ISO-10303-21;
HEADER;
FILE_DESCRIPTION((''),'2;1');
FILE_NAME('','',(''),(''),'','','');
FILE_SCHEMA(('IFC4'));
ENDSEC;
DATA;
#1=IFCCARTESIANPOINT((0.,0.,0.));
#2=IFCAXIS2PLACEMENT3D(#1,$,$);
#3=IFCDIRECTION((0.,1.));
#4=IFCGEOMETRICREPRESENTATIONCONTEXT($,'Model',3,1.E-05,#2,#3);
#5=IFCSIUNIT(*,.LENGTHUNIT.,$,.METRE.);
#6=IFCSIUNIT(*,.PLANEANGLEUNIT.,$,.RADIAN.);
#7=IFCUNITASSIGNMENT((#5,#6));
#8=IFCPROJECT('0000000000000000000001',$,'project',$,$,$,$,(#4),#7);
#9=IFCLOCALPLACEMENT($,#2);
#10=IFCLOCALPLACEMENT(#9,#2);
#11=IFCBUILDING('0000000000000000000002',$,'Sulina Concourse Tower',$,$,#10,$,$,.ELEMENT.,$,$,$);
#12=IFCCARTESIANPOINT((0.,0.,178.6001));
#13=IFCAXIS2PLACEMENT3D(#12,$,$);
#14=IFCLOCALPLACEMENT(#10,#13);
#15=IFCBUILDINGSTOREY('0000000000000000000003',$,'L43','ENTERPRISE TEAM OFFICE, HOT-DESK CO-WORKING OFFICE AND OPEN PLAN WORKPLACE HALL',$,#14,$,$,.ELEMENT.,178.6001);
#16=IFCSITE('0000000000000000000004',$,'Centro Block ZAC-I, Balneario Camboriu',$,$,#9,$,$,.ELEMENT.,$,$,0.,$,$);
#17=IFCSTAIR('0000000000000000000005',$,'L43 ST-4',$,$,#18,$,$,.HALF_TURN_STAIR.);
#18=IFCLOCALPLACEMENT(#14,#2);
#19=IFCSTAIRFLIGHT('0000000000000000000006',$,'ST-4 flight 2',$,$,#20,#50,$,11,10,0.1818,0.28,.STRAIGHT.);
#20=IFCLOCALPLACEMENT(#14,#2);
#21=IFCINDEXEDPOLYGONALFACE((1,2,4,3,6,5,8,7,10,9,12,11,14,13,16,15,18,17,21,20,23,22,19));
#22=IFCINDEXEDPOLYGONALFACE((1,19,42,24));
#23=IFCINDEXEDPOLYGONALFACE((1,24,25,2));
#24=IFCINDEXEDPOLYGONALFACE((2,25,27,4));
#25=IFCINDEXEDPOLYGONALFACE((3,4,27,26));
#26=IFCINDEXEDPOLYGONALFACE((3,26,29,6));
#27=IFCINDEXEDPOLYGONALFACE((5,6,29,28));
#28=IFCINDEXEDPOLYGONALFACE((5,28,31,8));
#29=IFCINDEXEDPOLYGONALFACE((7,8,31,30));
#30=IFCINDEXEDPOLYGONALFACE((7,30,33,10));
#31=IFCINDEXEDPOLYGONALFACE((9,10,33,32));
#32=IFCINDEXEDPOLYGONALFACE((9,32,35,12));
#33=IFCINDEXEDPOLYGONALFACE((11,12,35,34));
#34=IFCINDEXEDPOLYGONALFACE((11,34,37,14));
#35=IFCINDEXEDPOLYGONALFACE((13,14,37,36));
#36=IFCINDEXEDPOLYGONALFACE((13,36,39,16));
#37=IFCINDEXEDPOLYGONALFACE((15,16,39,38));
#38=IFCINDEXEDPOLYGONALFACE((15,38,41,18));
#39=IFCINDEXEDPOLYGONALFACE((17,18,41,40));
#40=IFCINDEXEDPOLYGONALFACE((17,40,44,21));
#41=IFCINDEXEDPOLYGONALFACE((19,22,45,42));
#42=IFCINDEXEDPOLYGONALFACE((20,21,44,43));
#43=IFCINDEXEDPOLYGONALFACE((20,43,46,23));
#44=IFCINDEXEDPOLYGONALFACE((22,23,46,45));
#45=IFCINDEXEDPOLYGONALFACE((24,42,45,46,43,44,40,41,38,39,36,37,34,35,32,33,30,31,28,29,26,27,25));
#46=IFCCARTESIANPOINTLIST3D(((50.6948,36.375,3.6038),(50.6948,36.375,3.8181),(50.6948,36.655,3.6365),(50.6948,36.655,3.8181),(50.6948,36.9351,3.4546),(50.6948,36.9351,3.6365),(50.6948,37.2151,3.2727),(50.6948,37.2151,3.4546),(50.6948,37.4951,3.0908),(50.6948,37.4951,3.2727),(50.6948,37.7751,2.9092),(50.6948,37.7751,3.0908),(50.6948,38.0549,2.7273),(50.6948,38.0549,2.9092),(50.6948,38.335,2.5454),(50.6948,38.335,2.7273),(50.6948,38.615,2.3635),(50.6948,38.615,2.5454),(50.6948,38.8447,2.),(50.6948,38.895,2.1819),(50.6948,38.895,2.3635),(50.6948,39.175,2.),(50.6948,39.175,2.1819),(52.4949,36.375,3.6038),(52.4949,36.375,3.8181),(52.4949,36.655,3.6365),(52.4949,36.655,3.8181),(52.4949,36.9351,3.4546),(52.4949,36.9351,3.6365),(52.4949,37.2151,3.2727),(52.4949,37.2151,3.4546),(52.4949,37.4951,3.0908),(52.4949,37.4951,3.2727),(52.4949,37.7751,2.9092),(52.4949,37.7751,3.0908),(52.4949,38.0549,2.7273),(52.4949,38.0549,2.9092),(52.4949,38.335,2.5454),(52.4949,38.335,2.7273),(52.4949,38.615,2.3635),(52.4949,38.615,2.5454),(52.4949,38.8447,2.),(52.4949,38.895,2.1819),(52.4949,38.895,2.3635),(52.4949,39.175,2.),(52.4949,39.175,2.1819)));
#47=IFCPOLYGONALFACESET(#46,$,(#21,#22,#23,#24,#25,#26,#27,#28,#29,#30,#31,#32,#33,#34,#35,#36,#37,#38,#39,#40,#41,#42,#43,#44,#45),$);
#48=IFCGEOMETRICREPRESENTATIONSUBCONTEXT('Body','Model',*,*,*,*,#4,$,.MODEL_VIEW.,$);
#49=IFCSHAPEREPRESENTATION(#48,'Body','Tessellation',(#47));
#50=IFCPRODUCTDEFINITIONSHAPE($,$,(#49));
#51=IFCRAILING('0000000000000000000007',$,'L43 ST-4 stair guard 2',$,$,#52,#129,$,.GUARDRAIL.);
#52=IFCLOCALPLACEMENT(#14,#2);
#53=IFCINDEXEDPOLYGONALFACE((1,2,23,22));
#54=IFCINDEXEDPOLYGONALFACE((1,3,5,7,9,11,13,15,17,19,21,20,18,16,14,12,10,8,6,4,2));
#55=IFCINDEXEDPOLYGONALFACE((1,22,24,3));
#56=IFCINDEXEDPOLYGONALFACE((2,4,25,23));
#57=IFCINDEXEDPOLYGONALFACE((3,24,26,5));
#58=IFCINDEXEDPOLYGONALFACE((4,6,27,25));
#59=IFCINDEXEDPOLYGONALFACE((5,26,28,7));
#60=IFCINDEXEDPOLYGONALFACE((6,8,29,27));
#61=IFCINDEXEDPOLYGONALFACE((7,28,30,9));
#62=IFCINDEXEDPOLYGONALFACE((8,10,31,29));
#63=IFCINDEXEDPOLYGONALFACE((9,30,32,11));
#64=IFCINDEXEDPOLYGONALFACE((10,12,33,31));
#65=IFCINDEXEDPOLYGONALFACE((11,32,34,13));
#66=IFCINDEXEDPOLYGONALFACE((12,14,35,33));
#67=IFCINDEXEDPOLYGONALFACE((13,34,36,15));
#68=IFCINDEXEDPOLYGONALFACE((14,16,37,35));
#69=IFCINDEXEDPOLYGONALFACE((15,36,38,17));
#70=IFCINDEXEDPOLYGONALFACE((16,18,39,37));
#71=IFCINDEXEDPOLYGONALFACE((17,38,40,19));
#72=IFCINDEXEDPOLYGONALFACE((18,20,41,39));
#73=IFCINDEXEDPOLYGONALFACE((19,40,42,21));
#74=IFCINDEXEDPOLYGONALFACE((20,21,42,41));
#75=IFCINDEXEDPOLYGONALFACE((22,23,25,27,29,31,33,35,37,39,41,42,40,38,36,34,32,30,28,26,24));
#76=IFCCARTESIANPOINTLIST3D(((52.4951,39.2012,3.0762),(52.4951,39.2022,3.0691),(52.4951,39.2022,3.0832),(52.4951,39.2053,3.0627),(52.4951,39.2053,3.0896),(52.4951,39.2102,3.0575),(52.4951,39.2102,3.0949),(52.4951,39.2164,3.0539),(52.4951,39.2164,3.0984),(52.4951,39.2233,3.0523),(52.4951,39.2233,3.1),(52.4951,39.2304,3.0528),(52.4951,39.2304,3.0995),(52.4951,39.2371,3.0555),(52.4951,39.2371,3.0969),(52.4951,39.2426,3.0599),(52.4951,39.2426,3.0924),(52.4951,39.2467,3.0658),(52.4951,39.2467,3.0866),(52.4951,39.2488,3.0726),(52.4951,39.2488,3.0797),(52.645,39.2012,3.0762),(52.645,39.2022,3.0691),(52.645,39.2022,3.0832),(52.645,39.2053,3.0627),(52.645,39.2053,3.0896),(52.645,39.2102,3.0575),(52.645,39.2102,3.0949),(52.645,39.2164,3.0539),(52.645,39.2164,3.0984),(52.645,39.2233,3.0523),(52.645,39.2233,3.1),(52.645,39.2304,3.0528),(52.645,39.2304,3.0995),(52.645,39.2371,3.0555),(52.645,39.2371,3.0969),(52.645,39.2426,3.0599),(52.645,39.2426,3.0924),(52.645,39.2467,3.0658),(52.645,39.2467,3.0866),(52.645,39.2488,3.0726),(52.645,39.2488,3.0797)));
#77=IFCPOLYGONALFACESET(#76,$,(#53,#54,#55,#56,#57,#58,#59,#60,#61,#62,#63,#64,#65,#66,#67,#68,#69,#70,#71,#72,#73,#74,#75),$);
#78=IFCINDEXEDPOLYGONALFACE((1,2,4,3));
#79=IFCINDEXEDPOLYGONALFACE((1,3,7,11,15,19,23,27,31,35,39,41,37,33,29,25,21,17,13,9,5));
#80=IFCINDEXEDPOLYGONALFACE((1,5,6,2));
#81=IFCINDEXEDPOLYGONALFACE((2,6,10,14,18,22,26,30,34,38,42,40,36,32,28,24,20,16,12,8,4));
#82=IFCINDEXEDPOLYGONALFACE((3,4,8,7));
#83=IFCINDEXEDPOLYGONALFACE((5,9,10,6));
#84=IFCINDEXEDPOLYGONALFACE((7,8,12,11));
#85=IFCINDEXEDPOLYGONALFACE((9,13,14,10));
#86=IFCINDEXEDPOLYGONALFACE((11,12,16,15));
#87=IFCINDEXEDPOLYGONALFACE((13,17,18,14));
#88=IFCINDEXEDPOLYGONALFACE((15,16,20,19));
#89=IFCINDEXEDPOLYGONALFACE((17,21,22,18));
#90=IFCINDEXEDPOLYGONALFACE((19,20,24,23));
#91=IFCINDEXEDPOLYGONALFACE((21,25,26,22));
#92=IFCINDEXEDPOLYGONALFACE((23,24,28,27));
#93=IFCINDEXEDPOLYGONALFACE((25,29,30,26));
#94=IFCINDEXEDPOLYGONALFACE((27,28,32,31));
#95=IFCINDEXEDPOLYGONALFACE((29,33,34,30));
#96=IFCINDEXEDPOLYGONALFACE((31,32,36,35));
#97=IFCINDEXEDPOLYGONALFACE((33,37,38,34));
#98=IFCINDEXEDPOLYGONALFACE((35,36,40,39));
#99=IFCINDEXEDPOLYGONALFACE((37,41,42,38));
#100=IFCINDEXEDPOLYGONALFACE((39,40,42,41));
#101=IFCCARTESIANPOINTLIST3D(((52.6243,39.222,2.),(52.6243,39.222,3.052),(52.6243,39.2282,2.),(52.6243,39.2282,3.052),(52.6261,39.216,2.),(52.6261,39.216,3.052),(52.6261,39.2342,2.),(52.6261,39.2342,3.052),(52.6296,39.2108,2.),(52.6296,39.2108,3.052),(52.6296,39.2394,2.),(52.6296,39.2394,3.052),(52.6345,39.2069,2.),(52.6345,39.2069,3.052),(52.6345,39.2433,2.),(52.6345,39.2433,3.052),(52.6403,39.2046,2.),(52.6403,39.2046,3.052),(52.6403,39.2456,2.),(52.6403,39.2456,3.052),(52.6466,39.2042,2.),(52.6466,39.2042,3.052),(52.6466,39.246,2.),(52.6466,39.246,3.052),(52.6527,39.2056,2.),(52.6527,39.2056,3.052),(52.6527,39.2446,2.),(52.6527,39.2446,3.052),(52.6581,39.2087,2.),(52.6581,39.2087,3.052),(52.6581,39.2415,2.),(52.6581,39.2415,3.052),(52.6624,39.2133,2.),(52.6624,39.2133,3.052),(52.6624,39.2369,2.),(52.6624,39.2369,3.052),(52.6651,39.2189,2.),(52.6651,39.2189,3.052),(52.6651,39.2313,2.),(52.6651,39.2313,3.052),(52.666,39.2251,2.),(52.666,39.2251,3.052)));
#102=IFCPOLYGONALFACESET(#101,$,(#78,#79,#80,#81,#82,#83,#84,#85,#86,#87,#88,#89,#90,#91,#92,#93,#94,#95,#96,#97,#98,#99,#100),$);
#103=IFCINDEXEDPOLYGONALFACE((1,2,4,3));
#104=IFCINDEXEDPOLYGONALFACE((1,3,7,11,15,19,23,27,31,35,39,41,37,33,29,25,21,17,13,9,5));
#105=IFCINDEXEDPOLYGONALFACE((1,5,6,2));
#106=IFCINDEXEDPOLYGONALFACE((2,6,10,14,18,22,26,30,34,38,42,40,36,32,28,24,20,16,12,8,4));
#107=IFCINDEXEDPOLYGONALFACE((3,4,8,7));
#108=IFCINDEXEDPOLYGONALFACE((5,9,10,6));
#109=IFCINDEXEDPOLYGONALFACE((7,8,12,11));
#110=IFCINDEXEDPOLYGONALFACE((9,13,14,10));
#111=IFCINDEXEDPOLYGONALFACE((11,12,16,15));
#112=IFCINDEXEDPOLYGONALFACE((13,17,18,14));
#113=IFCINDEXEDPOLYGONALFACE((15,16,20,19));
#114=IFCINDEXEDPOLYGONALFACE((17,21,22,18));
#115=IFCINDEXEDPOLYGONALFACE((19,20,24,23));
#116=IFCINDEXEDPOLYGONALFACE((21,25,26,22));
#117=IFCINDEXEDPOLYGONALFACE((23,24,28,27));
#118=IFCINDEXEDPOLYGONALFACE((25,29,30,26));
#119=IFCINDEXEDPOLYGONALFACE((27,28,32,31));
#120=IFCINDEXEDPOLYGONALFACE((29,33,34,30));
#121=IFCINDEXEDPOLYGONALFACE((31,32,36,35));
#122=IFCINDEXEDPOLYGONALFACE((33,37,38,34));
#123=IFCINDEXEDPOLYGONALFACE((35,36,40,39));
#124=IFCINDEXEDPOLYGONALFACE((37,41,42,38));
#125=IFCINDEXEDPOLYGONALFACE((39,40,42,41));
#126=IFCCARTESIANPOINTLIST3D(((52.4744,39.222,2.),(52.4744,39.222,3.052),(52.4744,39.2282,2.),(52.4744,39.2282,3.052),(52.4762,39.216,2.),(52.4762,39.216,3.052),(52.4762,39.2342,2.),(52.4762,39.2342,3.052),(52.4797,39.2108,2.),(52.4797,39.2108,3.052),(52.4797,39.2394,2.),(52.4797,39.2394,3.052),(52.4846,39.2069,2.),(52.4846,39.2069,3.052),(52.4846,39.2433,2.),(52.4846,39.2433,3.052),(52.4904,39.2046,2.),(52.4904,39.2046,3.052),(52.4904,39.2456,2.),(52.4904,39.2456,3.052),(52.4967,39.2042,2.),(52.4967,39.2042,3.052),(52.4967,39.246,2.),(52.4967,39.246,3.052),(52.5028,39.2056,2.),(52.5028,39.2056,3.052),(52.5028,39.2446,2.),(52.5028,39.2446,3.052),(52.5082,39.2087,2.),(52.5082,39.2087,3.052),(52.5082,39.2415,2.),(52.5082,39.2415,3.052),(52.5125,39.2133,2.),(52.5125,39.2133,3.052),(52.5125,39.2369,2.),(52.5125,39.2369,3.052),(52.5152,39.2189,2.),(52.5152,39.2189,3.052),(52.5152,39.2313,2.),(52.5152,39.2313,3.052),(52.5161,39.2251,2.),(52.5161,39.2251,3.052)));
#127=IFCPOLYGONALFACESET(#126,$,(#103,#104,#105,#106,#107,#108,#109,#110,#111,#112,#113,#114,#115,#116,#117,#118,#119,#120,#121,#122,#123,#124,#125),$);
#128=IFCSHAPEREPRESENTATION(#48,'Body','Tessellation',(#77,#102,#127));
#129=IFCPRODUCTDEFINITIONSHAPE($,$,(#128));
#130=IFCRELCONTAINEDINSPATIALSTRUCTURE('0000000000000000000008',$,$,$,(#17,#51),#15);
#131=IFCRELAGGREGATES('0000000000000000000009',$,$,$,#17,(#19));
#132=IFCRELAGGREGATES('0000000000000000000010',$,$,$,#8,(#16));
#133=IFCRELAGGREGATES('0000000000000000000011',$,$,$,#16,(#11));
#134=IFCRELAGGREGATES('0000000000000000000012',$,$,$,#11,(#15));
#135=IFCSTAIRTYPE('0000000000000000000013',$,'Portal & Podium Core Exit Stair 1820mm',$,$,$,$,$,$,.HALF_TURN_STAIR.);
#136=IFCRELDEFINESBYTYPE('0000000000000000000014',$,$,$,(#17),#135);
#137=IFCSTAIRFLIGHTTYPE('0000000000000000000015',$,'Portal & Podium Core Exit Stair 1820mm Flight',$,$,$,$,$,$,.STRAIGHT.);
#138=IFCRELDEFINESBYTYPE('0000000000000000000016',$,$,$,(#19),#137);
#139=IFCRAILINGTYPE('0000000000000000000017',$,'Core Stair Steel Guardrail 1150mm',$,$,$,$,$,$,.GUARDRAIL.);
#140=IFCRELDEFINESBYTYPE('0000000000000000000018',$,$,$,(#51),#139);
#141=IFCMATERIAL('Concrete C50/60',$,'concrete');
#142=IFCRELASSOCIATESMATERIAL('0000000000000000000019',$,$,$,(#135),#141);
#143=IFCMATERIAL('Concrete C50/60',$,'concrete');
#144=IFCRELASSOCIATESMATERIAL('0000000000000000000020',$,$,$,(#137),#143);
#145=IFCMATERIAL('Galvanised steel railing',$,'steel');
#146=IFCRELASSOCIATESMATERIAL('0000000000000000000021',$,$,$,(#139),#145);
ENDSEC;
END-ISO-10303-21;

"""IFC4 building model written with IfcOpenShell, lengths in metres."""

from ifc_helpers import new_model, si_unit, direction, frame, origin, origin_2d, place, context, subcontext, project, spatial, polyline, circle, outline, extrude, material, type_object, element, aggregate, save


model = new_model("IFC4")

# Units and contexts
model_context = context("Model", 3, precision=1e-05, world=origin(), true_north=direction((0.0, 1.0)))
body_context = subcontext(model_context, "Body", "Model", "MODEL_VIEW")
ifc_project = project(units=[si_unit("LENGTHUNIT", "METRE"), si_unit("PLANEANGLEUNIT", "RADIAN")], contexts=[model_context])

# Site, building, storey
site_placement = place(None, origin())
site = spatial("IfcSite", under=ifc_project, at=site_placement, Name="Centro Block ZAC-I, Balneario Camboriu", CompositionType="ELEMENT", RefElevation=0.0)
building_placement = place(site_placement, origin())
building = spatial("IfcBuilding", under=site, at=building_placement, Name="Sulina Concourse Tower", CompositionType="ELEMENT")
storey_placement = place(building_placement, frame((0.0, 0.0, 178.6001)))
storey = spatial("IfcBuildingStorey", under=building, at=storey_placement, Name="L43", Description="ENTERPRISE TEAM OFFICE, HOT-DESK CO-WORKING OFFICE AND OPEN PLAN WORKPLACE HALL", CompositionType="ELEMENT", Elevation=178.6001)

# Stair, stair flight
ifc_material_1 = material(Name="Concrete C50/60", Category="concrete")
stair_type = type_object("IfcStairType", Name="Portal & Podium Core Exit Stair 1820mm", PredefinedType="HALF_TURN_STAIR", material=ifc_material_1)
stair_placement = place(storey_placement, origin())
stair = element("IfcStair", 1, at=stair_placement, inside=storey, type_object=stair_type, Name="L43 ST-4", PredefinedType="HALF_TURN_STAIR")
ifc_material_2 = material(Name="Concrete C50/60", Category="concrete")
stair_flight_type = type_object("IfcStairFlightType", Name="Portal & Podium Core Exit Stair 1820mm Flight", PredefinedType="STRAIGHT", material=ifc_material_2)
stair_flight_placement = place(storey_placement, frame((51.595, 39.175, 2.0), z_axis=(0.0, 0.0, 1.0), x_axis=(0.0, -1.0, 0.0)))
stair_flight = element("IfcStairFlight", 2, at=stair_flight_placement, type_object=stair_flight_type, Name="ST-4 flight 2", NumberOfRisers=11, NumberOfTreads=10, PredefinedType="STRAIGHT", RiserHeight=0.1818, TreadLength=0.28, context=body_context, shape_type="SweptSolid", body=[
    extrude(outline(polyline([(0.0, 0.0), (0.0, 0.1819), (0.28, 0.1819), (0.28, 0.3635), (0.5601, 0.3635), (0.5601, 0.5454), (0.8401, 0.5454), (0.8401, 0.7273), (1.1201, 0.7273), (1.1201, 0.9092), (1.3999, 0.9092), (1.3999, 1.0908), (1.6799, 1.0908), (1.6799, 1.2727), (1.96, 1.2727), (1.96, 1.4546), (2.24, 1.4546), (2.24, 1.6365), (2.52, 1.6365), (2.52, 1.8181), (2.8, 1.8181), (2.8, 2.0), (2.8, 1.6038), (0.3303, 0.0), (0.0, 0.0)])), frame((0.0, 0.8999, 0.0), z_axis=(0.0, -1.0, 0.0), x_axis=(1.0, 0.0, 0.0)), (0.0, 0.0, 1.0), 1.8),
])
aggregate(stair, [stair_flight])

# Railing
ifc_material_3 = material(Name="Galvanised steel railing", Category="steel")
railing_type_1 = type_object("IfcRailingType", Name="Core Stair Steel Guardrail 1150mm", PredefinedType="GUARDRAIL", material=ifc_material_3)
railing_1_placement = place(storey_placement, frame((52.645, 39.2251, 2.0)))
element("IfcRailing", 3, at=railing_1_placement, inside=storey, type_object=railing_type_1, Name="L43 ST-4 stair guard 2", PredefinedType="GUARDRAIL", context=body_context, shape_type="SweptSolid", body=[
    extrude(circle(Radius=0.0239, at=origin_2d()), frame((0.0, 0.0, 1.0762), z_axis=(-1.0, 0.0, 0.0), x_axis=(0.0, -1.0, 0.0)), (0.0, 0.0, 1.0), 0.1499),
    extrude(circle(Radius=0.021, at=origin_2d()), origin(), (0.0, 0.0, 1.0), 1.052),
    extrude(circle(Radius=0.021, at=origin_2d()), frame((-0.1499, 0.0, 0.0)), (0.0, 0.0, 1.0), 1.052),
])

save(model, "model.ifc")
